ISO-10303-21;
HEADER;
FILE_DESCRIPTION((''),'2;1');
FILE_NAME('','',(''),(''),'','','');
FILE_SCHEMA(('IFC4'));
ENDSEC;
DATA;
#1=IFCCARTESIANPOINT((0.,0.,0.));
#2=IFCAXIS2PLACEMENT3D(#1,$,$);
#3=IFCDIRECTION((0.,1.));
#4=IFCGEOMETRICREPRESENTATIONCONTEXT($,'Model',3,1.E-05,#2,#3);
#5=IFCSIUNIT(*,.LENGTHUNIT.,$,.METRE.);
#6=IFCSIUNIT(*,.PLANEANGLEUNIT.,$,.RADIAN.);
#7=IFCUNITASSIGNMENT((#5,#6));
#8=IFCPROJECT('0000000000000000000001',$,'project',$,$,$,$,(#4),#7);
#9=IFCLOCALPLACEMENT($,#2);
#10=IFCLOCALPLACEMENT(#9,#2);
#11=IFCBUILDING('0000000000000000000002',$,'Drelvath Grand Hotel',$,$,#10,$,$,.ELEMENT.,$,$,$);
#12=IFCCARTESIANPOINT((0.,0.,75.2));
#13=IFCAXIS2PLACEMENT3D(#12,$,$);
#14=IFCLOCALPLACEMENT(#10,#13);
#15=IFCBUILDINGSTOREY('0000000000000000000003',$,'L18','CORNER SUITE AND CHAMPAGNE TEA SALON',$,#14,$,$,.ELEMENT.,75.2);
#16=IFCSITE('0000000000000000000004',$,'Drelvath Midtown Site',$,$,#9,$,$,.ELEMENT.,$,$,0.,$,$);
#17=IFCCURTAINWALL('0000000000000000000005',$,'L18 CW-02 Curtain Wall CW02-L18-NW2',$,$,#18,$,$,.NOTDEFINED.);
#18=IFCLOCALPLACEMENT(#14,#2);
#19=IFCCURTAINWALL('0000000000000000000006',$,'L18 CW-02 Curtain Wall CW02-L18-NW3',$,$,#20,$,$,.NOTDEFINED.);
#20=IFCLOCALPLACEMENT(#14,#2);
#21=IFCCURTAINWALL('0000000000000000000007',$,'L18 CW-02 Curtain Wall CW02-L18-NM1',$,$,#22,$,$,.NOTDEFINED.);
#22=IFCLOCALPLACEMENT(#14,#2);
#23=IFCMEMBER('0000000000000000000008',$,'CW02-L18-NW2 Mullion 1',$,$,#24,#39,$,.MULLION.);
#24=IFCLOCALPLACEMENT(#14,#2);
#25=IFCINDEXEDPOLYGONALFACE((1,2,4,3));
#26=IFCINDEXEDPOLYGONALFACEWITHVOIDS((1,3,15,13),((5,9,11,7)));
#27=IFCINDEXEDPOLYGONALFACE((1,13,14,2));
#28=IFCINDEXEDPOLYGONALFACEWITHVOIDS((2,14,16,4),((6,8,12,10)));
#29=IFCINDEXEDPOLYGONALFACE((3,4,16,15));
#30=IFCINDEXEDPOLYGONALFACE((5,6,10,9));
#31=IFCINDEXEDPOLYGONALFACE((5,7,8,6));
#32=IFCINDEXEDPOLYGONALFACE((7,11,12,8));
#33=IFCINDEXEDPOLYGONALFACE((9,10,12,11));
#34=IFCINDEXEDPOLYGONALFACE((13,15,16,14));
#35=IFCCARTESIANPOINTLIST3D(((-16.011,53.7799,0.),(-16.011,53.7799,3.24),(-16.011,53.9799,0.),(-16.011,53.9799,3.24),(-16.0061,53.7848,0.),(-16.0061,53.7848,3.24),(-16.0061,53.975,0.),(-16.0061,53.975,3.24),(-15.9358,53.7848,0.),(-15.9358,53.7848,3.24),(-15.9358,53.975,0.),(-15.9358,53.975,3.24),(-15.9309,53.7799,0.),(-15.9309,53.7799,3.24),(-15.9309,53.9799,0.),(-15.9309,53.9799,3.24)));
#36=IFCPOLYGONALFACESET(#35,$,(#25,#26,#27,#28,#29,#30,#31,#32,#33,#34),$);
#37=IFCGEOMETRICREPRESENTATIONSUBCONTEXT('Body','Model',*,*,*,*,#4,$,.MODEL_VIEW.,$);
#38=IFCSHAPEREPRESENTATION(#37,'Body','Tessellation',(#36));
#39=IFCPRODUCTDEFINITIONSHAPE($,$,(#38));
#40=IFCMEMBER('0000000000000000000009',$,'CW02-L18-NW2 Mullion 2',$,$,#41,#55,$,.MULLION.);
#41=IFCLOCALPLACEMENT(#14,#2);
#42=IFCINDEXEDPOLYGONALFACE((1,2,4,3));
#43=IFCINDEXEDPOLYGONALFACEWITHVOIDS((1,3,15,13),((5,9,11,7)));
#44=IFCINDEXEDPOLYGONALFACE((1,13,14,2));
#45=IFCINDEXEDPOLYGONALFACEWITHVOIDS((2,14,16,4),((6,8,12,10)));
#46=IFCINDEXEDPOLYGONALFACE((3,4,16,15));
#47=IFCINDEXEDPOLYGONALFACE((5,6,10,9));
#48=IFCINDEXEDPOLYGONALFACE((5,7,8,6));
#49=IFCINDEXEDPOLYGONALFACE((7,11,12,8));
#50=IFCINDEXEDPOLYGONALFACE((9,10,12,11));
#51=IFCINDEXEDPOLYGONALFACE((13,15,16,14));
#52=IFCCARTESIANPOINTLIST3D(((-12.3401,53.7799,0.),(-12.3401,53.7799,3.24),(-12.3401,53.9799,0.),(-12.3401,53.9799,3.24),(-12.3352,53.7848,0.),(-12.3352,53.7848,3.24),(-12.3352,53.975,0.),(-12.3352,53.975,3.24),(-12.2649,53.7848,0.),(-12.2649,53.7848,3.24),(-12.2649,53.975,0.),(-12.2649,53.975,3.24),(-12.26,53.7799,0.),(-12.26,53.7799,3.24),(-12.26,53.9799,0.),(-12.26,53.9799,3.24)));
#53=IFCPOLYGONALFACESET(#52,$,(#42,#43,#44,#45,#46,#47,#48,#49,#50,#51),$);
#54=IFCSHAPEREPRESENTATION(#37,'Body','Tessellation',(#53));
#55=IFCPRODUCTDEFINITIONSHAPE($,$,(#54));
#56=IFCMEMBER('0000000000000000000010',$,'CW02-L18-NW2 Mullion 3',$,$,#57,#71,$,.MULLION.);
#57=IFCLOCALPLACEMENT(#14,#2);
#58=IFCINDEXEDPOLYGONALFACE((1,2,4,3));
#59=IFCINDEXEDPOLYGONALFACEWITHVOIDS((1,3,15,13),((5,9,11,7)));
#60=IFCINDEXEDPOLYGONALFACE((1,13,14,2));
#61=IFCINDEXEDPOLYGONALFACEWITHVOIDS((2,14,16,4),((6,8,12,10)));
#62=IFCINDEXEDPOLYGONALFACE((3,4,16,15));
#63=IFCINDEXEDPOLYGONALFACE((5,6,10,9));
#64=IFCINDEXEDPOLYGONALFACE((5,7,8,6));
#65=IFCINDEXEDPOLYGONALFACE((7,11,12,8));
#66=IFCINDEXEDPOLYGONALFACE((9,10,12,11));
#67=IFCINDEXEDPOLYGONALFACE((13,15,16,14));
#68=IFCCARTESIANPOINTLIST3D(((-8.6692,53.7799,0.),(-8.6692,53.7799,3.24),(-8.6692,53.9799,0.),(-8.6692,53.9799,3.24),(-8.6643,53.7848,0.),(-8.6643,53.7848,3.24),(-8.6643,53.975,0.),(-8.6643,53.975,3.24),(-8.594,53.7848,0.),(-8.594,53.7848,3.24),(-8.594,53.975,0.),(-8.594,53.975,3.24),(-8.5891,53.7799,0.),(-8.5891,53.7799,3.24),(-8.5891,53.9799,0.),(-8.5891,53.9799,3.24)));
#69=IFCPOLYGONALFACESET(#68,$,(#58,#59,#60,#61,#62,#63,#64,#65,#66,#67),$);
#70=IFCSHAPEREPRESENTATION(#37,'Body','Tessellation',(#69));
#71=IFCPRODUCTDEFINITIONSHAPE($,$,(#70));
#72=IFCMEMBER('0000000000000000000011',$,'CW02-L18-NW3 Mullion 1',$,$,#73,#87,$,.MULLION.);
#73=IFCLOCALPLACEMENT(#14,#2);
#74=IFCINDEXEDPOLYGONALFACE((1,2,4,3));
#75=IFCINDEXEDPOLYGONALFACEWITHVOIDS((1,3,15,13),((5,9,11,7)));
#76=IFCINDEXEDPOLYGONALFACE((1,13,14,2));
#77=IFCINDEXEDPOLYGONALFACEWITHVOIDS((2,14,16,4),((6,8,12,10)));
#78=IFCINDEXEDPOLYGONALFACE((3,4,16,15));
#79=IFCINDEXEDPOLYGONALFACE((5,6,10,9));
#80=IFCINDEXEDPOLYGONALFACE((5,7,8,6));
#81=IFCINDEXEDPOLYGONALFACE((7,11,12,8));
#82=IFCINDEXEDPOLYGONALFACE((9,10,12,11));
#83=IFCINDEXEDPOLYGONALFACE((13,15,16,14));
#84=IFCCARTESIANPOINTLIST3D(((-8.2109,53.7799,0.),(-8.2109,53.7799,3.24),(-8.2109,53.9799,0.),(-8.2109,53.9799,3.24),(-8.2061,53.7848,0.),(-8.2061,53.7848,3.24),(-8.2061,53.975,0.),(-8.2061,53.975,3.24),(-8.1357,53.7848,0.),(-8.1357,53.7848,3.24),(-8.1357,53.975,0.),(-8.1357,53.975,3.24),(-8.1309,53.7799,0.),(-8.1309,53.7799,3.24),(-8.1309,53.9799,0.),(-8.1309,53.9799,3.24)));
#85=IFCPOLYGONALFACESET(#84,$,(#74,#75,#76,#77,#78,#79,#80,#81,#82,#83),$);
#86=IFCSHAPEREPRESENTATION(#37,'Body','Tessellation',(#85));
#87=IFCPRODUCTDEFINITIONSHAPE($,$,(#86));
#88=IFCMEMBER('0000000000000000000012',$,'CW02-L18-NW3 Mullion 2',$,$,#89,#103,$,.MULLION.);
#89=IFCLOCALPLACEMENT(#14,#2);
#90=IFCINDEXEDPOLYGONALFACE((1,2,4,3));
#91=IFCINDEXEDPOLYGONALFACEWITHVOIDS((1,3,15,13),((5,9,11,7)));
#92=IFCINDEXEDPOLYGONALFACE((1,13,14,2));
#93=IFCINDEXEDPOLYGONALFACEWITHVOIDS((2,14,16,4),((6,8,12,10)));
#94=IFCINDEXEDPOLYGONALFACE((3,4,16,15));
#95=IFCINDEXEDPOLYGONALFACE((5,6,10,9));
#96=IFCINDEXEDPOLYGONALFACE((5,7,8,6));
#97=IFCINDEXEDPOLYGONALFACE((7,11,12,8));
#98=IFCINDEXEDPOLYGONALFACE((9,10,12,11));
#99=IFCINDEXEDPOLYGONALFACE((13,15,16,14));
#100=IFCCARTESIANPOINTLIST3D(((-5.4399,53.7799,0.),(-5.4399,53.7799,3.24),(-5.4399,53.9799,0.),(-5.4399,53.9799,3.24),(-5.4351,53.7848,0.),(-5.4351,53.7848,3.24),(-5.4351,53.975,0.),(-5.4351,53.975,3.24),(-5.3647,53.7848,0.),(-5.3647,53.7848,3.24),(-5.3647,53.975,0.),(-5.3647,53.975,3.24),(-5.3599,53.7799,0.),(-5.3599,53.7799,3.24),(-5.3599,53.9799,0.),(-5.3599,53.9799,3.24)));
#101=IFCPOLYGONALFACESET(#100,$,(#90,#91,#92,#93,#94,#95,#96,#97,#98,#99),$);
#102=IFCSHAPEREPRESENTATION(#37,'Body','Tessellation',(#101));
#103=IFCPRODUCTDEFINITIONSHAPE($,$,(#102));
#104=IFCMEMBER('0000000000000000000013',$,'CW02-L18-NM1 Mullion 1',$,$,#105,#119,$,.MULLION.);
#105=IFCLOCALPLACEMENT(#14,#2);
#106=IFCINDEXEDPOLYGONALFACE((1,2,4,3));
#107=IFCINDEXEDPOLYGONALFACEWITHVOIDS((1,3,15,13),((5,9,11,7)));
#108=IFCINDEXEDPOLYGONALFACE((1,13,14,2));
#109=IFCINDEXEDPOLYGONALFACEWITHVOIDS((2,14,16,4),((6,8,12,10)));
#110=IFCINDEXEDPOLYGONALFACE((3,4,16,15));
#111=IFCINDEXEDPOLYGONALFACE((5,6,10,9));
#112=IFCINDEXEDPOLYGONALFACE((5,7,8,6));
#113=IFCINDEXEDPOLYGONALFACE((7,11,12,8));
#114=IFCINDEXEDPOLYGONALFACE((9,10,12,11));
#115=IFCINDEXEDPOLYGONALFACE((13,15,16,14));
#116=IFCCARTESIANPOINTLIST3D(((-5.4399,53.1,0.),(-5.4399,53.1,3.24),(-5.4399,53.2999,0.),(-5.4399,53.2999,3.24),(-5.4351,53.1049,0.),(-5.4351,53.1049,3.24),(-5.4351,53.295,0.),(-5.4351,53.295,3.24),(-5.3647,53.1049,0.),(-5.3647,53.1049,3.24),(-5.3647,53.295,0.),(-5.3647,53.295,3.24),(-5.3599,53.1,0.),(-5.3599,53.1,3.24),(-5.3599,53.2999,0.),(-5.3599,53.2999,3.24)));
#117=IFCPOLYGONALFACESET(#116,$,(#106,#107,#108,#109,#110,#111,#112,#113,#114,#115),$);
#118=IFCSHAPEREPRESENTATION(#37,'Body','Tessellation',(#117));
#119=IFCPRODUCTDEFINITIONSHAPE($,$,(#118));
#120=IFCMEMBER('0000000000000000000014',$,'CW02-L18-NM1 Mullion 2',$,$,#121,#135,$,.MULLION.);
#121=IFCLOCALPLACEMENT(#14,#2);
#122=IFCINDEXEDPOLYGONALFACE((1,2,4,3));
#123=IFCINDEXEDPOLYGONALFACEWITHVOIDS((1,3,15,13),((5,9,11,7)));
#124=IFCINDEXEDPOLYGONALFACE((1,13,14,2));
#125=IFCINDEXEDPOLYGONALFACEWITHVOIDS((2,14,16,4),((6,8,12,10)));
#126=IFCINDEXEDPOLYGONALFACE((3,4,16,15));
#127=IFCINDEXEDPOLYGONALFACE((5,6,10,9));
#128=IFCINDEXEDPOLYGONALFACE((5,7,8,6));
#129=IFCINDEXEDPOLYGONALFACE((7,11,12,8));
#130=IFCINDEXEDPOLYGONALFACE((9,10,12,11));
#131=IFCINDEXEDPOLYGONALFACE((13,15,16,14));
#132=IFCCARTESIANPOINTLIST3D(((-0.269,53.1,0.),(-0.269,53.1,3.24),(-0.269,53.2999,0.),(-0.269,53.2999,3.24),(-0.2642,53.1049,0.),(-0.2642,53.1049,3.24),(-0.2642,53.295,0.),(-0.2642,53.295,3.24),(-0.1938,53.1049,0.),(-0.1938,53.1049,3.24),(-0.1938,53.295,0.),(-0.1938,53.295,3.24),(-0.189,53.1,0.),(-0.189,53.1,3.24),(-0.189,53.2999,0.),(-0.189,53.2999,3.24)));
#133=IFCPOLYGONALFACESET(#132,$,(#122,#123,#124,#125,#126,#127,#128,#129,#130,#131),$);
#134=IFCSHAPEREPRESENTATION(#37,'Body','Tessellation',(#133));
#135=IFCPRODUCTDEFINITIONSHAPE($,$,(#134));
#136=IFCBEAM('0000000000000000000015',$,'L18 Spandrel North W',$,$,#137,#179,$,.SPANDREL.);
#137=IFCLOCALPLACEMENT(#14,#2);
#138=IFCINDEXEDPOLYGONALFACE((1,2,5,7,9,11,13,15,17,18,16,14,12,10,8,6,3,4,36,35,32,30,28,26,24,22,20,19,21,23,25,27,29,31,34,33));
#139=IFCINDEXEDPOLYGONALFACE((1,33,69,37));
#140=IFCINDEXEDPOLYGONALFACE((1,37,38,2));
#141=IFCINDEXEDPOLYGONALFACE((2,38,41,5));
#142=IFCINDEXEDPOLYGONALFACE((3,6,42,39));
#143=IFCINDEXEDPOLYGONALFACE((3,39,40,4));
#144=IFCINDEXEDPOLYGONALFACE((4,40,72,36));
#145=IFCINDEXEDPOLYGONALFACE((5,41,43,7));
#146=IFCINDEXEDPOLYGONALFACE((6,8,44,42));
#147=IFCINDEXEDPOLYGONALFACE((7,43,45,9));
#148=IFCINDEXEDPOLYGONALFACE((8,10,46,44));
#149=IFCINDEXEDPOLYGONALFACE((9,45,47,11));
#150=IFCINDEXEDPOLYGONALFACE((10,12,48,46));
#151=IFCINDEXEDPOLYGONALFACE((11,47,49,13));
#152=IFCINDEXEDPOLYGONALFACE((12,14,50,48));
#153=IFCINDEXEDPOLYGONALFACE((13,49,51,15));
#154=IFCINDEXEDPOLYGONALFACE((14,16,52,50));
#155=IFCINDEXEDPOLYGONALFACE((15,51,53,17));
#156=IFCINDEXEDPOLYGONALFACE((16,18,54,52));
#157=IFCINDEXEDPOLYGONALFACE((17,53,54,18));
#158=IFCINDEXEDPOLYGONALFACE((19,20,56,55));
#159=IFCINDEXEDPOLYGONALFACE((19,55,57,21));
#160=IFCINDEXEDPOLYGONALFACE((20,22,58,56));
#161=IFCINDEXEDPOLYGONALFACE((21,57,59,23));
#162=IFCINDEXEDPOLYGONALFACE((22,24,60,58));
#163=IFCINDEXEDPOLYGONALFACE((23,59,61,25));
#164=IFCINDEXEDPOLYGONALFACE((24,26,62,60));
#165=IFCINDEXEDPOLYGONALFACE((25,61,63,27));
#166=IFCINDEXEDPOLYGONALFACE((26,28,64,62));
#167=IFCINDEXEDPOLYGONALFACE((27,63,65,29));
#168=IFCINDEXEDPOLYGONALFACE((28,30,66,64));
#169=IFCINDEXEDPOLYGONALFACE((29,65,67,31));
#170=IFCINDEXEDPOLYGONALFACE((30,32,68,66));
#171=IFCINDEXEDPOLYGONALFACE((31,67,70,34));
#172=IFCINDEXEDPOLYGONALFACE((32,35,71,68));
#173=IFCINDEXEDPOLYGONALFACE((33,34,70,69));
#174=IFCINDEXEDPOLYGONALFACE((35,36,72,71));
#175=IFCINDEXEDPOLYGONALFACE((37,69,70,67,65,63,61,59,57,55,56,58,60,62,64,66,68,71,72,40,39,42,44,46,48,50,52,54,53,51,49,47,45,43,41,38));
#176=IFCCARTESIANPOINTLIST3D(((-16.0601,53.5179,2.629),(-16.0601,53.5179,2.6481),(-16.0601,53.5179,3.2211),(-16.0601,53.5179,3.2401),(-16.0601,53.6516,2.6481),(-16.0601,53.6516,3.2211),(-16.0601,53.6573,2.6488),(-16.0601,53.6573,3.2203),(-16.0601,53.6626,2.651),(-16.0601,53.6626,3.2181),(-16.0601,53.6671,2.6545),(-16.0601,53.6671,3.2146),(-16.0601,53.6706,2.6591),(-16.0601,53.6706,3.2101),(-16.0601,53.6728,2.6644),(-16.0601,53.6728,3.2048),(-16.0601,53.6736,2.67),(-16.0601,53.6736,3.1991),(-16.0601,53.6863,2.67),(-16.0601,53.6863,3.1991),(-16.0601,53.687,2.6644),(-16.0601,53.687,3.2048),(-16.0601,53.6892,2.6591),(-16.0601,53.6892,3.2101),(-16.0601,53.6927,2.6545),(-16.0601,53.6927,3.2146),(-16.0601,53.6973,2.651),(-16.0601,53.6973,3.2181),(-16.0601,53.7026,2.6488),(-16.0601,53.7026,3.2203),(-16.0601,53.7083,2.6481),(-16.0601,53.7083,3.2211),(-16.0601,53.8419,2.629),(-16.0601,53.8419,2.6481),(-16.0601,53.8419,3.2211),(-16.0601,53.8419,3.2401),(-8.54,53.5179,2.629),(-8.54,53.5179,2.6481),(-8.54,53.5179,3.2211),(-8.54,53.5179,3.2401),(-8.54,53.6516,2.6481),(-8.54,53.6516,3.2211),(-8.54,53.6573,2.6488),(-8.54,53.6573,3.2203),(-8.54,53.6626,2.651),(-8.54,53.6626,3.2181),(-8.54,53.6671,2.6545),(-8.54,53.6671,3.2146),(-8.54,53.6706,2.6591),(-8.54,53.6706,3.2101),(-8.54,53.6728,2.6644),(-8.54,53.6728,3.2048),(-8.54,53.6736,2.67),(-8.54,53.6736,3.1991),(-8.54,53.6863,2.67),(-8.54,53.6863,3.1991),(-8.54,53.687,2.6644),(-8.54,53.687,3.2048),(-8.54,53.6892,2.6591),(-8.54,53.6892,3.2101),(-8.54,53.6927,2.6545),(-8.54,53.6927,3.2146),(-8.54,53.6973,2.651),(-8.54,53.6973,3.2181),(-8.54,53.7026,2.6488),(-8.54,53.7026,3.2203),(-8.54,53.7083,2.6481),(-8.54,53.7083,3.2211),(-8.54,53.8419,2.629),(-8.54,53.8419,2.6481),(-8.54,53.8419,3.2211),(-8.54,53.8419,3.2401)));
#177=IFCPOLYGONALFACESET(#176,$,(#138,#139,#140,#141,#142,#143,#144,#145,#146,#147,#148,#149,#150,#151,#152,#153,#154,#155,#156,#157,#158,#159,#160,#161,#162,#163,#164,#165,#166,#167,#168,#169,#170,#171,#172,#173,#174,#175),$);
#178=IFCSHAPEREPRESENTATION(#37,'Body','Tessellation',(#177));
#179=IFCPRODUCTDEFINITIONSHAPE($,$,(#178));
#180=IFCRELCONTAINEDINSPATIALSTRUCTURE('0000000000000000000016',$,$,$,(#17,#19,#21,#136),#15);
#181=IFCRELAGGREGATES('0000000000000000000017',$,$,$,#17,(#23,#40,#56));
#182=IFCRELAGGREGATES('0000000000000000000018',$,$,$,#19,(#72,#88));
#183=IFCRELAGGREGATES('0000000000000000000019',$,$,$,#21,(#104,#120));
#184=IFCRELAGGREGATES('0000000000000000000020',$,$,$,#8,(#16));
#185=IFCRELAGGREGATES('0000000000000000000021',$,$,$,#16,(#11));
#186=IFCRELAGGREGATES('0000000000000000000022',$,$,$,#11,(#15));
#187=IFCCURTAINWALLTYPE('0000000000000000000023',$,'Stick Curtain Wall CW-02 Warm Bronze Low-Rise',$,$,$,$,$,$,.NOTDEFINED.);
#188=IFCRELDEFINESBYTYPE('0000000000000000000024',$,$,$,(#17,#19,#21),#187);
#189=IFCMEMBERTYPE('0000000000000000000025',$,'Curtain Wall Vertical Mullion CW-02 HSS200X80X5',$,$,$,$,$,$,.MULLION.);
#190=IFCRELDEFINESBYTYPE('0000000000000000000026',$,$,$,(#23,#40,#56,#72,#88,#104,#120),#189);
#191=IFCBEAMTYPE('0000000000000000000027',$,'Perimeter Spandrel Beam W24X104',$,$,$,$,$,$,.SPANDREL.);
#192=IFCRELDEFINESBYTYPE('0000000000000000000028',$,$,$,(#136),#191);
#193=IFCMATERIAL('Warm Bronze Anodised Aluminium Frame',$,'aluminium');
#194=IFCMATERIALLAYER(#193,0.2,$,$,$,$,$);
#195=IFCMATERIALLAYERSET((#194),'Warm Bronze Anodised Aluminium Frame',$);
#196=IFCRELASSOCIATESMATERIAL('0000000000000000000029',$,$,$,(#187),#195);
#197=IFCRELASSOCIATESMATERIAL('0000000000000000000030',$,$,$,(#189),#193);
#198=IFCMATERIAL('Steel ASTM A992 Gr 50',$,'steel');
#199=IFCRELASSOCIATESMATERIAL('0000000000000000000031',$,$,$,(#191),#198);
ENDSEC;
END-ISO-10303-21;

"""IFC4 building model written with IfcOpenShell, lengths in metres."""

from ifc_helpers import new_model, si_unit, direction, frame, origin, origin_2d, place, context, subcontext, project, spatial, hollow_rectangle, i_section, extrude, material, layer, layer_set, material_profile, profile_set, type_object, element, aggregate, save


model = new_model("IFC4")

# Units and contexts
model_context = context("Model", 3, precision=1e-05, world=origin(), true_north=direction((0.0, 1.0)))
body_context = subcontext(model_context, "Body", "Model", "MODEL_VIEW")
ifc_project = project(units=[si_unit("LENGTHUNIT", "METRE"), si_unit("PLANEANGLEUNIT", "RADIAN")], contexts=[model_context])

# Site, building, storey
site_placement = place(None, origin())
site = spatial("IfcSite", under=ifc_project, at=site_placement, Name="Drelvath Midtown Site", CompositionType="ELEMENT", RefElevation=0.0)
building_placement = place(site_placement, origin())
building = spatial("IfcBuilding", under=site, at=building_placement, Name="Drelvath Grand Hotel", CompositionType="ELEMENT")
storey_placement = place(building_placement, frame((0.0, 0.0, 75.2)))
storey = spatial("IfcBuildingStorey", under=building, at=storey_placement, Name="L18", Description="CORNER SUITE AND CHAMPAGNE TEA SALON", CompositionType="ELEMENT", Elevation=75.2)

# Curtain walls
ifc_material_1 = material(Name="Warm Bronze Anodised Aluminium Frame", Category="aluminium")
ifc_layer_1 = layer(ifc_material_1, 0.2)
ifc_layer_set_1 = layer_set([ifc_layer_1], Name="Warm Bronze Anodised Aluminium Frame")
curtain_wall_type = type_object("IfcCurtainWallType", Name="Stick Curtain Wall CW-02 Warm Bronze Low-Rise", PredefinedType="NOTDEFINED", material=ifc_layer_set_1)
curtain_wall_1_placement = place(storey_placement, origin())
curtain_wall_1 = element("IfcCurtainWall", 1, at=curtain_wall_1_placement, inside=storey, type_object=curtain_wall_type, Name="L18 CW-02 Curtain Wall CW02-L18-NW2", PredefinedType="NOTDEFINED")
curtain_wall_2_placement = place(storey_placement, origin())
curtain_wall_2 = element("IfcCurtainWall", 2, at=curtain_wall_2_placement, inside=storey, type_object=curtain_wall_type, Name="L18 CW-02 Curtain Wall CW02-L18-NW3", PredefinedType="NOTDEFINED")
curtain_wall_3_placement = place(storey_placement, origin())
curtain_wall_3 = element("IfcCurtainWall", 3, at=curtain_wall_3_placement, inside=storey, type_object=curtain_wall_type, Name="L18 CW-02 Curtain Wall CW02-L18-NM1", PredefinedType="NOTDEFINED")

# Members
ifc_material_profile_1 = material_profile(ifc_material_1, hollow_rectangle(XDim=0.0801, YDim=0.2, WallThickness=0.0049, at=origin_2d()), Name="HSS200X80X5")
ifc_profile_set_1 = profile_set([ifc_material_profile_1], Name="Warm Bronze Anodised Aluminium Frame")
member_type_1 = type_object("IfcMemberType", Name="Curtain Wall Vertical Mullion CW-02 HSS200X80X5", PredefinedType="MULLION", material=ifc_profile_set_1)
member_1_placement = place(storey_placement, frame((-15.9709, 53.8799, 0.0), z_axis=(0.0, 0.0, 1.0), x_axis=(1.0, 0.0, 0.0)))
member_1 = element("IfcMember", 4, at=member_1_placement, type_object=member_type_1, Name="CW02-L18-NW2 Mullion 1", PredefinedType="MULLION", context=body_context, shape_type="SweptSolid", body=[
    extrude(hollow_rectangle(XDim=0.0801, YDim=0.2, WallThickness=0.0049, at=origin_2d()), origin(), (0.0, 0.0, 1.0), 3.24),
])
member_2_placement = place(storey_placement, frame((-12.3, 53.8799, 0.0), z_axis=(0.0, 0.0, 1.0), x_axis=(1.0, 0.0, 0.0)))
member_2 = element("IfcMember", 5, at=member_2_placement, type_object=member_type_1, Name="CW02-L18-NW2 Mullion 2", PredefinedType="MULLION", context=body_context, shape_type="SweptSolid", body=[
    extrude(hollow_rectangle(XDim=0.0801, YDim=0.2, WallThickness=0.0049, at=origin_2d()), origin(), (0.0, 0.0, 1.0), 3.24),
])
member_3_placement = place(storey_placement, frame((-8.6292, 53.8799, 0.0), z_axis=(0.0, 0.0, 1.0), x_axis=(1.0, 0.0, 0.0)))
member_3 = element("IfcMember", 6, at=member_3_placement, type_object=member_type_1, Name="CW02-L18-NW2 Mullion 3", PredefinedType="MULLION", context=body_context, shape_type="SweptSolid", body=[
    extrude(hollow_rectangle(XDim=0.0801, YDim=0.2, WallThickness=0.0049, at=origin_2d()), origin(), (0.0, 0.0, 1.0), 3.24),
])
member_4_placement = place(storey_placement, frame((-8.1709, 53.8799, 0.0), z_axis=(0.0, 0.0, 1.0), x_axis=(1.0, 0.0, 0.0)))
member_4 = element("IfcMember", 7, at=member_4_placement, type_object=member_type_1, Name="CW02-L18-NW3 Mullion 1", PredefinedType="MULLION", context=body_context, shape_type="SweptSolid", body=[
    extrude(hollow_rectangle(XDim=0.0801, YDim=0.2, WallThickness=0.0049, at=origin_2d()), origin(), (0.0, 0.0, 1.0), 3.24),
])
member_5_placement = place(storey_placement, frame((-5.3999, 53.8799, 0.0), z_axis=(0.0, 0.0, 1.0), x_axis=(1.0, 0.0, 0.0)))
member_5 = element("IfcMember", 8, at=member_5_placement, type_object=member_type_1, Name="CW02-L18-NW3 Mullion 2", PredefinedType="MULLION", context=body_context, shape_type="SweptSolid", body=[
    extrude(hollow_rectangle(XDim=0.0801, YDim=0.2, WallThickness=0.0049, at=origin_2d()), origin(), (0.0, 0.0, 1.0), 3.24),
])
member_6_placement = place(storey_placement, frame((-5.3999, 53.2, 0.0), z_axis=(0.0, 0.0, 1.0), x_axis=(1.0, 0.0, 0.0)))
member_6 = element("IfcMember", 9, at=member_6_placement, type_object=member_type_1, Name="CW02-L18-NM1 Mullion 1", PredefinedType="MULLION", context=body_context, shape_type="SweptSolid", body=[
    extrude(hollow_rectangle(XDim=0.0801, YDim=0.2, WallThickness=0.0049, at=origin_2d()), origin(), (0.0, 0.0, 1.0), 3.24),
])
member_7_placement = place(storey_placement, frame((-0.229, 53.2, 0.0), z_axis=(0.0, 0.0, 1.0), x_axis=(1.0, 0.0, 0.0)))
member_7 = element("IfcMember", 10, at=member_7_placement, type_object=member_type_1, Name="CW02-L18-NM1 Mullion 2", PredefinedType="MULLION", context=body_context, shape_type="SweptSolid", body=[
    extrude(hollow_rectangle(XDim=0.0801, YDim=0.2, WallThickness=0.0049, at=origin_2d()), origin(), (0.0, 0.0, 1.0), 3.24),
])

# Beam
ifc_material_2 = material(Name="Steel ASTM A992 Gr 50", Category="steel")
ifc_material_profile_2 = material_profile(ifc_material_2, i_section(OverallWidth=0.324, OverallDepth=0.6111, WebThickness=0.0127, FlangeThickness=0.019, FilletRadius=0.022, at=origin_2d()), Name="W24X104")
ifc_profile_set_2 = profile_set([ifc_material_profile_2], Name="Steel ASTM A992 Gr 50")
beam_type_1 = type_object("IfcBeamType", Name="Perimeter Spandrel Beam W24X104", PredefinedType="SPANDREL", material=ifc_profile_set_2)
beam_1_placement = place(storey_placement, frame((-16.0601, 53.6799, 2.9346), z_axis=(1.0, 0.0, 0.0), x_axis=(0.0, 1.0, 0.0)))
element("IfcBeam", 11, at=beam_1_placement, inside=storey, type_object=beam_type_1, Name="L18 Spandrel North W", PredefinedType="SPANDREL", context=body_context, shape_type="SweptSolid", body=[
    extrude(i_section(OverallWidth=0.324, OverallDepth=0.6111, WebThickness=0.0127, FlangeThickness=0.019, FilletRadius=0.022, at=origin_2d()), origin(), (0.0, 0.0, 1.0), 7.52),
])

aggregate(curtain_wall_1, [member_1, member_2, member_3])
aggregate(curtain_wall_2, [member_4, member_5])
aggregate(curtain_wall_3, [member_6, member_7])

save(model, "model.ifc")
